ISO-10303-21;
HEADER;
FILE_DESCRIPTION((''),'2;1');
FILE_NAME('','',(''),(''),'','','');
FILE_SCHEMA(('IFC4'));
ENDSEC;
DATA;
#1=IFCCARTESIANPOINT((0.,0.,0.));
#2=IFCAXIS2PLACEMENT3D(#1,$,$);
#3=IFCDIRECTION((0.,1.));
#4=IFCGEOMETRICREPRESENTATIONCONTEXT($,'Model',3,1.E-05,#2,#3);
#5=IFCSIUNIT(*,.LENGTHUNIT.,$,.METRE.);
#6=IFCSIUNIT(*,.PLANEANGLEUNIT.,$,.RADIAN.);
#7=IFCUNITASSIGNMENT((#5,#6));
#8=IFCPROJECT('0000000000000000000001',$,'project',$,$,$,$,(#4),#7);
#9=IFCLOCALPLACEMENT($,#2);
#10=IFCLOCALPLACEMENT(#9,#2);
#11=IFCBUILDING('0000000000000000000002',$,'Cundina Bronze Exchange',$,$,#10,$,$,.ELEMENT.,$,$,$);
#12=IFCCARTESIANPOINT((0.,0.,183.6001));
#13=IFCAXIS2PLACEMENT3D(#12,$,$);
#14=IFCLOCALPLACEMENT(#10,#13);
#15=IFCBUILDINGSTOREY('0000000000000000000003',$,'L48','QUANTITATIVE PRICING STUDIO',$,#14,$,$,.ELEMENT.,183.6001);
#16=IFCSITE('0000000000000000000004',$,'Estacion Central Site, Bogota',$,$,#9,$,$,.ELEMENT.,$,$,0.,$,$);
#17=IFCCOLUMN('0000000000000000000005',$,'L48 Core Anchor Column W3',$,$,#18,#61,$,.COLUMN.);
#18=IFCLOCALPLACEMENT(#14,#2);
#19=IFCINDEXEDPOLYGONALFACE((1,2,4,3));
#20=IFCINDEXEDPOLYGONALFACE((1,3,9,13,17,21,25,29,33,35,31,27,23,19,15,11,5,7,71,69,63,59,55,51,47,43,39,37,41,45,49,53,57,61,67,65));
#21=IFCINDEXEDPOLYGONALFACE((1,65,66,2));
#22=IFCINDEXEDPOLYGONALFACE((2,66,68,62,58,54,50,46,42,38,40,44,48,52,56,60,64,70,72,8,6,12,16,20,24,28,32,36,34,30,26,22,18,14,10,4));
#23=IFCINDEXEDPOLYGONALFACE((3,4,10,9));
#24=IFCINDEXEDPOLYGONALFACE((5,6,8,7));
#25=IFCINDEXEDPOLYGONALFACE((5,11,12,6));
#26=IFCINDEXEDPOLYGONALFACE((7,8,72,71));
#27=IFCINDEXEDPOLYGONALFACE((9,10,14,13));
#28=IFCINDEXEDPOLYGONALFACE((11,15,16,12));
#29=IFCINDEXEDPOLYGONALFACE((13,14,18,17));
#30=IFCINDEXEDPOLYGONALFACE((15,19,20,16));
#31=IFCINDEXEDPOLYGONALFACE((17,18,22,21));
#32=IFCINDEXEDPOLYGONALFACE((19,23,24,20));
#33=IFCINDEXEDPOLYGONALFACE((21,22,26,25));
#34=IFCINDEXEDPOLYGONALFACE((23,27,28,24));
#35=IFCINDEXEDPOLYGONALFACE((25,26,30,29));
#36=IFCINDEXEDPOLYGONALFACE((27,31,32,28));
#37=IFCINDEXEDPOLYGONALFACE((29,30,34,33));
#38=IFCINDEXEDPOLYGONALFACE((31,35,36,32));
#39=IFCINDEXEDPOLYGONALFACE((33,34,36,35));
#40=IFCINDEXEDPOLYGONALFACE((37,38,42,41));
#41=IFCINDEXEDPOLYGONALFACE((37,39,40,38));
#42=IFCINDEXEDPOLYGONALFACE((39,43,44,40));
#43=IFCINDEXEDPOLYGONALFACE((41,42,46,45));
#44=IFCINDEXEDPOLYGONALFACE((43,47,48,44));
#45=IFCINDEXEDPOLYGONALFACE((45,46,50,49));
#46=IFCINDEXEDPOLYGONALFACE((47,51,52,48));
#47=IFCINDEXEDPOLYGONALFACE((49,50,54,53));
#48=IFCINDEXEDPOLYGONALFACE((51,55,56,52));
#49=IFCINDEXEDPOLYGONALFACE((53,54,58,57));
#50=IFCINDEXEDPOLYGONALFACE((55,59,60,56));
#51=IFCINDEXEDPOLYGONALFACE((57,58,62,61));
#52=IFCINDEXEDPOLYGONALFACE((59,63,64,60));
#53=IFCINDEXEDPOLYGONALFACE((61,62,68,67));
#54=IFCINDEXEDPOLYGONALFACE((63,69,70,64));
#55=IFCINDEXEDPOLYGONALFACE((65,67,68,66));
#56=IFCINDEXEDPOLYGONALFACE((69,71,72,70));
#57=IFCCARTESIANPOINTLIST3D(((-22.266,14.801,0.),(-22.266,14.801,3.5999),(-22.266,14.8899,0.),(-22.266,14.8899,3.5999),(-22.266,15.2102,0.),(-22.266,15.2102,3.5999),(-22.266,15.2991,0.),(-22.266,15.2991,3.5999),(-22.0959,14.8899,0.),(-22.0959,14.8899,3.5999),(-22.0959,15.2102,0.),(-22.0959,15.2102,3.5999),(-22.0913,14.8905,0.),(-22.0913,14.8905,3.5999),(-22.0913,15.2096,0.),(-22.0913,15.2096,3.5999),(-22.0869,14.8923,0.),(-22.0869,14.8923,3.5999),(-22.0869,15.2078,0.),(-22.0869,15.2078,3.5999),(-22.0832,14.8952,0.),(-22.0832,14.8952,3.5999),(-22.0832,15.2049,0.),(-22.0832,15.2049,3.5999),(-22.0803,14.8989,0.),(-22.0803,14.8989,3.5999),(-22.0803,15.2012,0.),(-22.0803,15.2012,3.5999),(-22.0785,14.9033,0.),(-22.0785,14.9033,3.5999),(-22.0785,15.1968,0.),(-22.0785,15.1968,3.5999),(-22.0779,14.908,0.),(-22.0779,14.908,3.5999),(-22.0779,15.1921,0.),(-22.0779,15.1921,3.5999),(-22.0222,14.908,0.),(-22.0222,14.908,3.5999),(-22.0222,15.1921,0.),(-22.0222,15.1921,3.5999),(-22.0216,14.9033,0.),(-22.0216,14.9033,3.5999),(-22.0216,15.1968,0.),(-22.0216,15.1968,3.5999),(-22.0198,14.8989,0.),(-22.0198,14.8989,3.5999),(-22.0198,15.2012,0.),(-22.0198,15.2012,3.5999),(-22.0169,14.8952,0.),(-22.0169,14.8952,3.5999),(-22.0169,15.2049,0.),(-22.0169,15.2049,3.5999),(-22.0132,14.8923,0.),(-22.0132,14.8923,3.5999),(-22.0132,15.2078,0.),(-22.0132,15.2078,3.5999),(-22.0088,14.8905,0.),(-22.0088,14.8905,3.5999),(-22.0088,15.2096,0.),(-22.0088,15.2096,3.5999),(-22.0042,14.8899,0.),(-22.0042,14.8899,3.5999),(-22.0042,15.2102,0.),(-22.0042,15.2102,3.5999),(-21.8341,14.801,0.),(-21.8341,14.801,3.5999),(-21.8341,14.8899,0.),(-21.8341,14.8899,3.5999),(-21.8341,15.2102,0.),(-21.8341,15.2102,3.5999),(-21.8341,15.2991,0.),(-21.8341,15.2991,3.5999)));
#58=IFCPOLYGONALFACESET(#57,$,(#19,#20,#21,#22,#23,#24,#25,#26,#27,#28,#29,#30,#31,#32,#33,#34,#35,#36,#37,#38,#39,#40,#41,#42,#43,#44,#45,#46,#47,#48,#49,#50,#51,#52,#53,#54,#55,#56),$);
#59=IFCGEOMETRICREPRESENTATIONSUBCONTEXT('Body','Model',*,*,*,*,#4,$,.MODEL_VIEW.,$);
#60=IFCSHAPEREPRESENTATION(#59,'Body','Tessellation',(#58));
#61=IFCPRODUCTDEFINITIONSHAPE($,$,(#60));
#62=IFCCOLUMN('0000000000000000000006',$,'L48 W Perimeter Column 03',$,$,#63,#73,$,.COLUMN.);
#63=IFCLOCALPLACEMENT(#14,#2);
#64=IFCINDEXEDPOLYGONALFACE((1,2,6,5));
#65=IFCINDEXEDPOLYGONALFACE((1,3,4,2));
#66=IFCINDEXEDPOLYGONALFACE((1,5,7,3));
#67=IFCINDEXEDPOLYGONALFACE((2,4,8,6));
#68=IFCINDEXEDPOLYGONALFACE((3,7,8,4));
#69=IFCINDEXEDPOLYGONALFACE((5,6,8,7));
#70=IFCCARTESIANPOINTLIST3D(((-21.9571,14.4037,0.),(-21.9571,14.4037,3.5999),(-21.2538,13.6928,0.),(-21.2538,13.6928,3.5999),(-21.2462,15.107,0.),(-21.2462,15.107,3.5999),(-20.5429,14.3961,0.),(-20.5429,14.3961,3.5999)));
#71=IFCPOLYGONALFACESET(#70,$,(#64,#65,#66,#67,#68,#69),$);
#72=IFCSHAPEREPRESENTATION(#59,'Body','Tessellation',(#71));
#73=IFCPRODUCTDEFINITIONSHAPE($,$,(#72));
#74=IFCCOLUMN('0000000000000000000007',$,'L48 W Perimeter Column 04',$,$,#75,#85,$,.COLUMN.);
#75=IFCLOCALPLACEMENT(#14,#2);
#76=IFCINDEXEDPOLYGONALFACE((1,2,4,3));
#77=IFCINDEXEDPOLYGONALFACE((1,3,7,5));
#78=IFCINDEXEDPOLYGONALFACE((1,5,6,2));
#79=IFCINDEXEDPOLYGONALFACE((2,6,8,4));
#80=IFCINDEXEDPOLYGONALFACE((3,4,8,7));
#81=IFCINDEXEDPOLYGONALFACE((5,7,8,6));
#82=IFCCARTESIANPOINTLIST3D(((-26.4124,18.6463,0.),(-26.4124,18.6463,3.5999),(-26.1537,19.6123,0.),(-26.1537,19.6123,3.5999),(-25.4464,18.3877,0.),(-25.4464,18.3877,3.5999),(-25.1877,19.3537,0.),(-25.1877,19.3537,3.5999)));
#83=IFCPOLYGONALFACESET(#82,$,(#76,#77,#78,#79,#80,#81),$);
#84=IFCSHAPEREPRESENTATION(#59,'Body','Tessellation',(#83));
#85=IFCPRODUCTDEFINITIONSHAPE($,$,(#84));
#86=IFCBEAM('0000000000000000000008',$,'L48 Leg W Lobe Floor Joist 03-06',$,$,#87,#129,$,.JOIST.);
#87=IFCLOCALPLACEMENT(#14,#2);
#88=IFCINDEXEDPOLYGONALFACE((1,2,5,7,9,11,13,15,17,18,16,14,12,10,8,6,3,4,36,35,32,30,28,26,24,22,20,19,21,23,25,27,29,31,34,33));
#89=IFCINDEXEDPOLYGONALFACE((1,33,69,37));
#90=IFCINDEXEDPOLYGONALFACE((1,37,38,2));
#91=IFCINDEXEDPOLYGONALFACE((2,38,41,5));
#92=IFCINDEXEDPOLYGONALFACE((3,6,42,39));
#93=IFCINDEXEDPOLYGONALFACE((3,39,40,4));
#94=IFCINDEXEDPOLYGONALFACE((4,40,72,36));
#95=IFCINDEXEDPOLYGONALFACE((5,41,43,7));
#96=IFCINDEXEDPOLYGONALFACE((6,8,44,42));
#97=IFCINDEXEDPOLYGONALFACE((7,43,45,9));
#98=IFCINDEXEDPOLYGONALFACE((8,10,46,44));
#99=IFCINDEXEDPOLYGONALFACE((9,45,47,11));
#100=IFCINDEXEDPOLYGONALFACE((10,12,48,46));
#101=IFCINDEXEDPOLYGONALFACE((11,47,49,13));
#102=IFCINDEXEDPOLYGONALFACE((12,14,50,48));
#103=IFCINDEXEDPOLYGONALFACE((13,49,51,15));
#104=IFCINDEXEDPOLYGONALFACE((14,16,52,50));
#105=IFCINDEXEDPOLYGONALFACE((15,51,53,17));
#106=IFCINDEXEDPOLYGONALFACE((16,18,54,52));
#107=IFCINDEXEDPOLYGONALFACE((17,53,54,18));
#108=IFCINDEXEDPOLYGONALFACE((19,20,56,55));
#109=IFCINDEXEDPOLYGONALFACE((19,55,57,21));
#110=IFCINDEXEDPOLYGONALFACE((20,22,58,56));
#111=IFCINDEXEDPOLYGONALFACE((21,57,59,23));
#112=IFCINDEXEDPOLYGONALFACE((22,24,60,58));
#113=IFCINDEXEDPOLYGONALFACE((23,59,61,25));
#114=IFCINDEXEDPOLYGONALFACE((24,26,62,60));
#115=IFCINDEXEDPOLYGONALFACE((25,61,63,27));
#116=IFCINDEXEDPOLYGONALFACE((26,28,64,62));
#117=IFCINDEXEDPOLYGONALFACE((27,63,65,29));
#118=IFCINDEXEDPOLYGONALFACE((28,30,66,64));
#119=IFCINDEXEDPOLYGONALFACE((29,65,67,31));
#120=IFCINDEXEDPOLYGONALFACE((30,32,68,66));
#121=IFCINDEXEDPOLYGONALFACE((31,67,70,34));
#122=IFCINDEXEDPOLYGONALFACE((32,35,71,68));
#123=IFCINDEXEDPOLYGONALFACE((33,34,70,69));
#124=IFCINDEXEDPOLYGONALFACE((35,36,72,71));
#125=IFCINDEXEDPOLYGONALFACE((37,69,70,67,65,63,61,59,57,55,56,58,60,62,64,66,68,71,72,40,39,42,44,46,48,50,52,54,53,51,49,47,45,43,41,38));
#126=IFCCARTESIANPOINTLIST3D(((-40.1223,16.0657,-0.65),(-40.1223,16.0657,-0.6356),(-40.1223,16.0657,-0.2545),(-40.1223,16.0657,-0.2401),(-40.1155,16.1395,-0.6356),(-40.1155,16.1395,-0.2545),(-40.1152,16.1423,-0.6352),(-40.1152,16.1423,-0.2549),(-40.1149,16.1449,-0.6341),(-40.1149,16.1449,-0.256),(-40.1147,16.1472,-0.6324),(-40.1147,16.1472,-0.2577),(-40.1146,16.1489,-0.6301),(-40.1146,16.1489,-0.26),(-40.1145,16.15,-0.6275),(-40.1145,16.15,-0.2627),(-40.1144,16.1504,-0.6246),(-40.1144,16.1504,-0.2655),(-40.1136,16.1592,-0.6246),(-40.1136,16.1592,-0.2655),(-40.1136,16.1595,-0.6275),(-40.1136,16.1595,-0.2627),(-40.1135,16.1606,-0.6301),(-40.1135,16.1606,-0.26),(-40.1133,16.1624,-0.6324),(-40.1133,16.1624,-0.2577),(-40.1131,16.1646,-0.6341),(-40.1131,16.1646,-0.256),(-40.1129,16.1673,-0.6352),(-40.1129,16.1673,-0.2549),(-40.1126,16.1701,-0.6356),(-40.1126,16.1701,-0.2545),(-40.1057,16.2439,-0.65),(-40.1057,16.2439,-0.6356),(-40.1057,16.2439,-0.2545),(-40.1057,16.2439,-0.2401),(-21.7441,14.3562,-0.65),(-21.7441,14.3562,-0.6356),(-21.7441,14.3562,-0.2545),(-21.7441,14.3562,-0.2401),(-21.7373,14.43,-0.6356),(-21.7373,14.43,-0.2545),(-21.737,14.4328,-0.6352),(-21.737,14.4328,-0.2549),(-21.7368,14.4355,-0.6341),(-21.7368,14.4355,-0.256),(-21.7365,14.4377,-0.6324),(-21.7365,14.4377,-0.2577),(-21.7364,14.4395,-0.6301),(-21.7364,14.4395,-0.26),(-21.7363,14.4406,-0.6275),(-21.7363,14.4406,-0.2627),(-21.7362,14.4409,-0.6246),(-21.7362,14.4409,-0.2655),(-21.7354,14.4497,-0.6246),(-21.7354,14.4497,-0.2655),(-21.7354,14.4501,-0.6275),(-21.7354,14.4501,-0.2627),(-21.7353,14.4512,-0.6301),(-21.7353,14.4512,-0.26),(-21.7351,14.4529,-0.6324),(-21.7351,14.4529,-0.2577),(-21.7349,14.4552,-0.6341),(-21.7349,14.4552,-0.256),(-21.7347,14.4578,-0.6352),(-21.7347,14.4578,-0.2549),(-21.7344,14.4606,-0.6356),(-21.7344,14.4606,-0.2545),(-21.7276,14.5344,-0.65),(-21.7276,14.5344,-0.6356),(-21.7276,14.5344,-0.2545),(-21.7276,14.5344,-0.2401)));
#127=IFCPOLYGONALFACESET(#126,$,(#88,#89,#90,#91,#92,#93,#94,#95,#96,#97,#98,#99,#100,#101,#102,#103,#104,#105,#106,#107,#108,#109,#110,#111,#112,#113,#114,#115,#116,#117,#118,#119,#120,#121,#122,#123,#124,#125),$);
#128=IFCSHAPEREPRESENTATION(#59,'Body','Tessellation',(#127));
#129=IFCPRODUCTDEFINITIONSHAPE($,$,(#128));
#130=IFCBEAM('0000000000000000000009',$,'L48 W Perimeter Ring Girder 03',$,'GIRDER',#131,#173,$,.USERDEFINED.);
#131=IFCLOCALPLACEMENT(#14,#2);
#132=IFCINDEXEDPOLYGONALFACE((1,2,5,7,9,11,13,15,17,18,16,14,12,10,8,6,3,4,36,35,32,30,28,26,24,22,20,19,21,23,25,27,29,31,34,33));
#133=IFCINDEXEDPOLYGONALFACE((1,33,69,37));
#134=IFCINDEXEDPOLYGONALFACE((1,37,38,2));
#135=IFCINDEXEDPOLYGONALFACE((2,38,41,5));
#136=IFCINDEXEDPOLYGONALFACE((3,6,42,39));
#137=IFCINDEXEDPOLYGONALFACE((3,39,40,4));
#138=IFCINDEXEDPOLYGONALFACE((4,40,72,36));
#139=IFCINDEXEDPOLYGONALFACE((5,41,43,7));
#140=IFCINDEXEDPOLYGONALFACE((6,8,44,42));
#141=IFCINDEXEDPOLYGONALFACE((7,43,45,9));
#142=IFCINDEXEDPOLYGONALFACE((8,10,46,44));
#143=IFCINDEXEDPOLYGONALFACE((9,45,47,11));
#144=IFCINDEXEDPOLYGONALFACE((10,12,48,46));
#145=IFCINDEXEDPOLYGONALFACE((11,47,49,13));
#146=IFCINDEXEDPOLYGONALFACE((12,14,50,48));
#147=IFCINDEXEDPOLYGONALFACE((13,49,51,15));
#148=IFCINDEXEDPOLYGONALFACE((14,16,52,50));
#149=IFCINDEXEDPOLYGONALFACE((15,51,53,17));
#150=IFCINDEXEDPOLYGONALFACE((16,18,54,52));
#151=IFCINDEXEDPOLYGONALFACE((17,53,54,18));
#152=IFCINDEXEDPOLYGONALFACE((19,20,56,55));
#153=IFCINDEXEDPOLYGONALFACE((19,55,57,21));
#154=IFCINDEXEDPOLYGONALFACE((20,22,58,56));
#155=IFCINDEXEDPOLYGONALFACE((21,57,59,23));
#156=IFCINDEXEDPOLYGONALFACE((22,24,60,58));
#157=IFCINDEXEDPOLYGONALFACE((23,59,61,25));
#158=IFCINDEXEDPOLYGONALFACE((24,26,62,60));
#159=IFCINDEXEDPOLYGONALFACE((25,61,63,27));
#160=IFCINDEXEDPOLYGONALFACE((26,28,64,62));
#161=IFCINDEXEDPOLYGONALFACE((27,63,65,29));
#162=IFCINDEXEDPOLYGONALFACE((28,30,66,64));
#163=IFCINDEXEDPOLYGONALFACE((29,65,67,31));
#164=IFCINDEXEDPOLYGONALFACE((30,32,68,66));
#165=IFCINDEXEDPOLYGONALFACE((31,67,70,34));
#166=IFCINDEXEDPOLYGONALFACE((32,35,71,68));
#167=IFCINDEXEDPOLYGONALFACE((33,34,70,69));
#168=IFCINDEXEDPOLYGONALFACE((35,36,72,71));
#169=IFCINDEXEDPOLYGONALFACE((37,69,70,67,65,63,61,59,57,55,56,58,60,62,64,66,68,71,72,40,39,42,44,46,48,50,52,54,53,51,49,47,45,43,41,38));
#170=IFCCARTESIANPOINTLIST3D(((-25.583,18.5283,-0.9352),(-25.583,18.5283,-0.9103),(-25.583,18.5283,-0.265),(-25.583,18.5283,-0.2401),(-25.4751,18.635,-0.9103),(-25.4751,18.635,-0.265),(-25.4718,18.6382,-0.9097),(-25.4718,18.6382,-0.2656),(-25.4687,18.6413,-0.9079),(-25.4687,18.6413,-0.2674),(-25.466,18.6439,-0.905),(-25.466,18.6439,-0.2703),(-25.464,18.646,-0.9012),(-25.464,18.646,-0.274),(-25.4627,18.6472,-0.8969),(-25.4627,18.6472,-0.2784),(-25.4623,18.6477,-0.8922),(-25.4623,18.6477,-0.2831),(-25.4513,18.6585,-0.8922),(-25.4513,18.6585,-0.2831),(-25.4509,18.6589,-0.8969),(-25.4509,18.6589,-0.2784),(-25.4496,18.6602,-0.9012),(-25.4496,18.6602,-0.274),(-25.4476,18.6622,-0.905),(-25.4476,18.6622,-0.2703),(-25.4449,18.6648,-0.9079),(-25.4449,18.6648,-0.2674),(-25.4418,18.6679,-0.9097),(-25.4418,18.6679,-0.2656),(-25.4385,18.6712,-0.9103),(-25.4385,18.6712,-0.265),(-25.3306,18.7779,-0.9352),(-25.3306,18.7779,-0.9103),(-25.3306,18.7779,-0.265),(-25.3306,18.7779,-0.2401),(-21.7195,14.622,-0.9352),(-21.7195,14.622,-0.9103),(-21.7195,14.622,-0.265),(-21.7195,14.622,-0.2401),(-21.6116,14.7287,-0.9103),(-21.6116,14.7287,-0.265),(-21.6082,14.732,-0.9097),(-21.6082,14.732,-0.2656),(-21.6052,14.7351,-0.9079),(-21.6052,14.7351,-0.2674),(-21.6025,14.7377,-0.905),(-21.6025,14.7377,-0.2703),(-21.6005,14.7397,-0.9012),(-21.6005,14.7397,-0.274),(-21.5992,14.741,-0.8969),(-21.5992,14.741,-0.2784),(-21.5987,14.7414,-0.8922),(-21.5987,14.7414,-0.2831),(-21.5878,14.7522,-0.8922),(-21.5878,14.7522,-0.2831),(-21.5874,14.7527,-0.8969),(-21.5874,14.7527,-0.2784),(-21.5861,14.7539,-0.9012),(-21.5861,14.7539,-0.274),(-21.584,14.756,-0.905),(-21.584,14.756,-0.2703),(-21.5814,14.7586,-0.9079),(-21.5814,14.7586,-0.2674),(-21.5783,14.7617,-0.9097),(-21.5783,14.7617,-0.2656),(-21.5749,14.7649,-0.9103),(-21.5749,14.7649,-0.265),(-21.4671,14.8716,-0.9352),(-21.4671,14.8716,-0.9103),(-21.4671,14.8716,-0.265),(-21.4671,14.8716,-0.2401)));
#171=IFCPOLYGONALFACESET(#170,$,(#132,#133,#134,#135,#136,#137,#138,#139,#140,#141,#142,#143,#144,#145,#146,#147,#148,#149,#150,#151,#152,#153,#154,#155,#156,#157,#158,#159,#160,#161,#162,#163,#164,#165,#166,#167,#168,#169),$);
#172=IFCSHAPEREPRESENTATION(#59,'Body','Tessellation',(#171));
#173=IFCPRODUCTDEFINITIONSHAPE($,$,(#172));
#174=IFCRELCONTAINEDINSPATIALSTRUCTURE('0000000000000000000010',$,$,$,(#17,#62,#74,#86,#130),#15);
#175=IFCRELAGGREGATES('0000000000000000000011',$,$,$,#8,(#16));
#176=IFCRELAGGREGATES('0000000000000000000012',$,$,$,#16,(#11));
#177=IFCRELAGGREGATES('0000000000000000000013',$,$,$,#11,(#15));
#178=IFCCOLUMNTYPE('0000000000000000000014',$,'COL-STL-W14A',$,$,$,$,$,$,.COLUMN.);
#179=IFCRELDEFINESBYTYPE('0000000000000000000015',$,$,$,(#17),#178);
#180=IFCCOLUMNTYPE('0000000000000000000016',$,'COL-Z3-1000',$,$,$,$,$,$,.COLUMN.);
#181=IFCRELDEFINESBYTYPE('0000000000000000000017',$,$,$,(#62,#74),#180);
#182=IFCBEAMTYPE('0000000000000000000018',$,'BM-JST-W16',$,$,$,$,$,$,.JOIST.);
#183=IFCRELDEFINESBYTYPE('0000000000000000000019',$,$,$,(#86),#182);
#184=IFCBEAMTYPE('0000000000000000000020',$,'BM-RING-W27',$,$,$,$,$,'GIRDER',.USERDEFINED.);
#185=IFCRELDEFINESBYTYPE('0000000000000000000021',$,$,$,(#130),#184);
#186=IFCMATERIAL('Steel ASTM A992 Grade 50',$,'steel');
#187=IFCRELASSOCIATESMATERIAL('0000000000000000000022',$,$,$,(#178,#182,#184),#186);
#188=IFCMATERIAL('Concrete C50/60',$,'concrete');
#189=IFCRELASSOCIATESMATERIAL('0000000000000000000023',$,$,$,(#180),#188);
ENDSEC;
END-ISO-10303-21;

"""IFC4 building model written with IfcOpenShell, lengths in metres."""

from ifc_helpers import new_model, si_unit, direction, frame, origin, origin_2d, place, context, subcontext, project, spatial, rectangle, i_section, extrude, material, material_profile, profile_set, type_object, element, save


model = new_model("IFC4")

# Units and contexts
model_context = context("Model", 3, precision=1e-05, world=origin(), true_north=direction((0.0, 1.0)))
body_context = subcontext(model_context, "Body", "Model", "MODEL_VIEW")
ifc_project = project(units=[si_unit("LENGTHUNIT", "METRE"), si_unit("PLANEANGLEUNIT", "RADIAN")], contexts=[model_context])

# Site, building, storey
site_placement = place(None, origin())
site = spatial("IfcSite", under=ifc_project, at=site_placement, Name="Estacion Central Site, Bogota", CompositionType="ELEMENT", RefElevation=0.0)
building_placement = place(site_placement, origin())
building = spatial("IfcBuilding", under=site, at=building_placement, Name="Cundina Bronze Exchange", CompositionType="ELEMENT")
storey_placement = place(building_placement, frame((0.0, 0.0, 183.6001)))
storey = spatial("IfcBuildingStorey", under=building, at=storey_placement, Name="L48", Description="QUANTITATIVE PRICING STUDIO", CompositionType="ELEMENT", Elevation=183.6001)

# Columns
ifc_material_1 = material(Name="Steel ASTM A992 Grade 50", Category="steel")
ifc_material_profile_1 = material_profile(ifc_material_1, i_section(OverallWidth=0.4319, OverallDepth=0.498, WebThickness=0.0557, FlangeThickness=0.0889, FilletRadius=0.0181, at=origin_2d()), Name="W14X500", Category="steel")
ifc_profile_set_1 = profile_set([ifc_material_profile_1], Name="Steel ASTM A992 Grade 50")
column_type_1 = type_object("IfcColumnType", Name="COL-STL-W14A", PredefinedType="COLUMN", material=ifc_profile_set_1)
column_placement = place(storey_placement, frame((-22.05, 15.05, 0.0), z_axis=(0.0, 0.0, 1.0), x_axis=(1.0, 0.0, 0.0)))
element("IfcColumn", 1, at=column_placement, inside=storey, type_object=column_type_1, Name="L48 Core Anchor Column W3", PredefinedType="COLUMN", context=body_context, shape_type="SweptSolid", body=[
    extrude(i_section(OverallWidth=0.4319, OverallDepth=0.498, WebThickness=0.0557, FlangeThickness=0.0889, FilletRadius=0.0181, at=origin_2d()), origin(), (0.0, 0.0, 1.0), 3.5999),
])
ifc_material_2 = material(Name="Concrete C50/60", Category="concrete")
ifc_material_profile_2 = material_profile(ifc_material_2, rectangle(XDim=1.0, YDim=1.0, at=origin_2d()), Name="RC1000X1000", Category="concrete")
ifc_profile_set_2 = profile_set([ifc_material_profile_2], Name="Concrete C50/60")
column_type_2 = type_object("IfcColumnType", Name="COL-Z3-1000", PredefinedType="COLUMN", material=ifc_profile_set_2)
for number, where, z_axis, x_axis, name in (
    (2, (-21.25, 14.3999, 0.0), (0.0, 0.0, 1.0), (-0.703271, 0.710922, 0.0), "L48 W Perimeter Column 03"),
    (3, (-25.8, 19.0, 0.0), (0.0, 0.0, 1.0), (-0.965971, 0.25865, 0.0), "L48 W Perimeter Column 04"),
):
    element("IfcColumn", number, at=place(storey_placement, frame(where, z_axis=z_axis, x_axis=x_axis)), inside=storey, type_object=column_type_2, Name=name, PredefinedType="COLUMN", context=body_context, shape_type="SweptSolid", body=[
        extrude(rectangle(XDim=1.0, YDim=1.0, at=origin_2d()), origin(), (0.0, 0.0, 1.0), 3.5999),
    ])

# Beams
ifc_material_profile_3 = material_profile(ifc_material_1, i_section(OverallWidth=0.179, OverallDepth=0.4099, WebThickness=0.0088, FlangeThickness=0.0144, FilletRadius=0.011, at=origin_2d()), Name="W16X45", Category="steel")
ifc_profile_set_3 = profile_set([ifc_material_profile_3], Name="Steel ASTM A992 Grade 50")
beam_type_1 = type_object("IfcBeamType", Name="BM-JST-W16", PredefinedType="JOIST", material=ifc_profile_set_3)
beam_1_placement = place(storey_placement, frame((-21.7358, 14.4453, -0.4451), z_axis=(-0.995702, 0.092617, 0.0), x_axis=(-0.092617, -0.995702, 0.0)))
element("IfcBeam", 4, at=beam_1_placement, inside=storey, type_object=beam_type_1, Name="L48 Leg W Lobe Floor Joist 03-06", PredefinedType="JOIST", context=body_context, shape_type="SweptSolid", body=[
    extrude(i_section(OverallWidth=0.179, OverallDepth=0.4099, WebThickness=0.0088, FlangeThickness=0.0144, FilletRadius=0.011, at=origin_2d()), origin(), (0.0, 0.0, 1.0), 18.4575),
])
ifc_material_profile_4 = material_profile(ifc_material_1, i_section(OverallWidth=0.355, OverallDepth=0.6951, WebThickness=0.0154, FlangeThickness=0.0249, FilletRadius=0.0181, at=origin_2d()), Name="W27X146", Category="steel")
ifc_profile_set_4 = profile_set([ifc_material_profile_4], Name="Steel ASTM A992 Grade 50")
beam_type_2 = type_object("IfcBeamType", Name="BM-RING-W27", ElementType="GIRDER", PredefinedType="USERDEFINED", material=ifc_profile_set_4)
beam_2_placement = place(storey_placement, frame((-21.5933, 14.7468, -0.5876), z_axis=(-0.703208, 0.710984, 0.0), x_axis=(-0.710984, -0.703208, 0.0)))
element("IfcBeam", 5, at=beam_2_placement, inside=storey, type_object=beam_type_2, Name="L48 W Perimeter Ring Girder 03", ObjectType="GIRDER", PredefinedType="USERDEFINED", context=body_context, shape_type="SweptSolid", body=[
    extrude(i_section(OverallWidth=0.355, OverallDepth=0.6951, WebThickness=0.0154, FlangeThickness=0.0249, FilletRadius=0.0181, at=origin_2d()), origin(), (0.0, 0.0, 1.0), 5.4941),
])

save(model, "model.ifc")
